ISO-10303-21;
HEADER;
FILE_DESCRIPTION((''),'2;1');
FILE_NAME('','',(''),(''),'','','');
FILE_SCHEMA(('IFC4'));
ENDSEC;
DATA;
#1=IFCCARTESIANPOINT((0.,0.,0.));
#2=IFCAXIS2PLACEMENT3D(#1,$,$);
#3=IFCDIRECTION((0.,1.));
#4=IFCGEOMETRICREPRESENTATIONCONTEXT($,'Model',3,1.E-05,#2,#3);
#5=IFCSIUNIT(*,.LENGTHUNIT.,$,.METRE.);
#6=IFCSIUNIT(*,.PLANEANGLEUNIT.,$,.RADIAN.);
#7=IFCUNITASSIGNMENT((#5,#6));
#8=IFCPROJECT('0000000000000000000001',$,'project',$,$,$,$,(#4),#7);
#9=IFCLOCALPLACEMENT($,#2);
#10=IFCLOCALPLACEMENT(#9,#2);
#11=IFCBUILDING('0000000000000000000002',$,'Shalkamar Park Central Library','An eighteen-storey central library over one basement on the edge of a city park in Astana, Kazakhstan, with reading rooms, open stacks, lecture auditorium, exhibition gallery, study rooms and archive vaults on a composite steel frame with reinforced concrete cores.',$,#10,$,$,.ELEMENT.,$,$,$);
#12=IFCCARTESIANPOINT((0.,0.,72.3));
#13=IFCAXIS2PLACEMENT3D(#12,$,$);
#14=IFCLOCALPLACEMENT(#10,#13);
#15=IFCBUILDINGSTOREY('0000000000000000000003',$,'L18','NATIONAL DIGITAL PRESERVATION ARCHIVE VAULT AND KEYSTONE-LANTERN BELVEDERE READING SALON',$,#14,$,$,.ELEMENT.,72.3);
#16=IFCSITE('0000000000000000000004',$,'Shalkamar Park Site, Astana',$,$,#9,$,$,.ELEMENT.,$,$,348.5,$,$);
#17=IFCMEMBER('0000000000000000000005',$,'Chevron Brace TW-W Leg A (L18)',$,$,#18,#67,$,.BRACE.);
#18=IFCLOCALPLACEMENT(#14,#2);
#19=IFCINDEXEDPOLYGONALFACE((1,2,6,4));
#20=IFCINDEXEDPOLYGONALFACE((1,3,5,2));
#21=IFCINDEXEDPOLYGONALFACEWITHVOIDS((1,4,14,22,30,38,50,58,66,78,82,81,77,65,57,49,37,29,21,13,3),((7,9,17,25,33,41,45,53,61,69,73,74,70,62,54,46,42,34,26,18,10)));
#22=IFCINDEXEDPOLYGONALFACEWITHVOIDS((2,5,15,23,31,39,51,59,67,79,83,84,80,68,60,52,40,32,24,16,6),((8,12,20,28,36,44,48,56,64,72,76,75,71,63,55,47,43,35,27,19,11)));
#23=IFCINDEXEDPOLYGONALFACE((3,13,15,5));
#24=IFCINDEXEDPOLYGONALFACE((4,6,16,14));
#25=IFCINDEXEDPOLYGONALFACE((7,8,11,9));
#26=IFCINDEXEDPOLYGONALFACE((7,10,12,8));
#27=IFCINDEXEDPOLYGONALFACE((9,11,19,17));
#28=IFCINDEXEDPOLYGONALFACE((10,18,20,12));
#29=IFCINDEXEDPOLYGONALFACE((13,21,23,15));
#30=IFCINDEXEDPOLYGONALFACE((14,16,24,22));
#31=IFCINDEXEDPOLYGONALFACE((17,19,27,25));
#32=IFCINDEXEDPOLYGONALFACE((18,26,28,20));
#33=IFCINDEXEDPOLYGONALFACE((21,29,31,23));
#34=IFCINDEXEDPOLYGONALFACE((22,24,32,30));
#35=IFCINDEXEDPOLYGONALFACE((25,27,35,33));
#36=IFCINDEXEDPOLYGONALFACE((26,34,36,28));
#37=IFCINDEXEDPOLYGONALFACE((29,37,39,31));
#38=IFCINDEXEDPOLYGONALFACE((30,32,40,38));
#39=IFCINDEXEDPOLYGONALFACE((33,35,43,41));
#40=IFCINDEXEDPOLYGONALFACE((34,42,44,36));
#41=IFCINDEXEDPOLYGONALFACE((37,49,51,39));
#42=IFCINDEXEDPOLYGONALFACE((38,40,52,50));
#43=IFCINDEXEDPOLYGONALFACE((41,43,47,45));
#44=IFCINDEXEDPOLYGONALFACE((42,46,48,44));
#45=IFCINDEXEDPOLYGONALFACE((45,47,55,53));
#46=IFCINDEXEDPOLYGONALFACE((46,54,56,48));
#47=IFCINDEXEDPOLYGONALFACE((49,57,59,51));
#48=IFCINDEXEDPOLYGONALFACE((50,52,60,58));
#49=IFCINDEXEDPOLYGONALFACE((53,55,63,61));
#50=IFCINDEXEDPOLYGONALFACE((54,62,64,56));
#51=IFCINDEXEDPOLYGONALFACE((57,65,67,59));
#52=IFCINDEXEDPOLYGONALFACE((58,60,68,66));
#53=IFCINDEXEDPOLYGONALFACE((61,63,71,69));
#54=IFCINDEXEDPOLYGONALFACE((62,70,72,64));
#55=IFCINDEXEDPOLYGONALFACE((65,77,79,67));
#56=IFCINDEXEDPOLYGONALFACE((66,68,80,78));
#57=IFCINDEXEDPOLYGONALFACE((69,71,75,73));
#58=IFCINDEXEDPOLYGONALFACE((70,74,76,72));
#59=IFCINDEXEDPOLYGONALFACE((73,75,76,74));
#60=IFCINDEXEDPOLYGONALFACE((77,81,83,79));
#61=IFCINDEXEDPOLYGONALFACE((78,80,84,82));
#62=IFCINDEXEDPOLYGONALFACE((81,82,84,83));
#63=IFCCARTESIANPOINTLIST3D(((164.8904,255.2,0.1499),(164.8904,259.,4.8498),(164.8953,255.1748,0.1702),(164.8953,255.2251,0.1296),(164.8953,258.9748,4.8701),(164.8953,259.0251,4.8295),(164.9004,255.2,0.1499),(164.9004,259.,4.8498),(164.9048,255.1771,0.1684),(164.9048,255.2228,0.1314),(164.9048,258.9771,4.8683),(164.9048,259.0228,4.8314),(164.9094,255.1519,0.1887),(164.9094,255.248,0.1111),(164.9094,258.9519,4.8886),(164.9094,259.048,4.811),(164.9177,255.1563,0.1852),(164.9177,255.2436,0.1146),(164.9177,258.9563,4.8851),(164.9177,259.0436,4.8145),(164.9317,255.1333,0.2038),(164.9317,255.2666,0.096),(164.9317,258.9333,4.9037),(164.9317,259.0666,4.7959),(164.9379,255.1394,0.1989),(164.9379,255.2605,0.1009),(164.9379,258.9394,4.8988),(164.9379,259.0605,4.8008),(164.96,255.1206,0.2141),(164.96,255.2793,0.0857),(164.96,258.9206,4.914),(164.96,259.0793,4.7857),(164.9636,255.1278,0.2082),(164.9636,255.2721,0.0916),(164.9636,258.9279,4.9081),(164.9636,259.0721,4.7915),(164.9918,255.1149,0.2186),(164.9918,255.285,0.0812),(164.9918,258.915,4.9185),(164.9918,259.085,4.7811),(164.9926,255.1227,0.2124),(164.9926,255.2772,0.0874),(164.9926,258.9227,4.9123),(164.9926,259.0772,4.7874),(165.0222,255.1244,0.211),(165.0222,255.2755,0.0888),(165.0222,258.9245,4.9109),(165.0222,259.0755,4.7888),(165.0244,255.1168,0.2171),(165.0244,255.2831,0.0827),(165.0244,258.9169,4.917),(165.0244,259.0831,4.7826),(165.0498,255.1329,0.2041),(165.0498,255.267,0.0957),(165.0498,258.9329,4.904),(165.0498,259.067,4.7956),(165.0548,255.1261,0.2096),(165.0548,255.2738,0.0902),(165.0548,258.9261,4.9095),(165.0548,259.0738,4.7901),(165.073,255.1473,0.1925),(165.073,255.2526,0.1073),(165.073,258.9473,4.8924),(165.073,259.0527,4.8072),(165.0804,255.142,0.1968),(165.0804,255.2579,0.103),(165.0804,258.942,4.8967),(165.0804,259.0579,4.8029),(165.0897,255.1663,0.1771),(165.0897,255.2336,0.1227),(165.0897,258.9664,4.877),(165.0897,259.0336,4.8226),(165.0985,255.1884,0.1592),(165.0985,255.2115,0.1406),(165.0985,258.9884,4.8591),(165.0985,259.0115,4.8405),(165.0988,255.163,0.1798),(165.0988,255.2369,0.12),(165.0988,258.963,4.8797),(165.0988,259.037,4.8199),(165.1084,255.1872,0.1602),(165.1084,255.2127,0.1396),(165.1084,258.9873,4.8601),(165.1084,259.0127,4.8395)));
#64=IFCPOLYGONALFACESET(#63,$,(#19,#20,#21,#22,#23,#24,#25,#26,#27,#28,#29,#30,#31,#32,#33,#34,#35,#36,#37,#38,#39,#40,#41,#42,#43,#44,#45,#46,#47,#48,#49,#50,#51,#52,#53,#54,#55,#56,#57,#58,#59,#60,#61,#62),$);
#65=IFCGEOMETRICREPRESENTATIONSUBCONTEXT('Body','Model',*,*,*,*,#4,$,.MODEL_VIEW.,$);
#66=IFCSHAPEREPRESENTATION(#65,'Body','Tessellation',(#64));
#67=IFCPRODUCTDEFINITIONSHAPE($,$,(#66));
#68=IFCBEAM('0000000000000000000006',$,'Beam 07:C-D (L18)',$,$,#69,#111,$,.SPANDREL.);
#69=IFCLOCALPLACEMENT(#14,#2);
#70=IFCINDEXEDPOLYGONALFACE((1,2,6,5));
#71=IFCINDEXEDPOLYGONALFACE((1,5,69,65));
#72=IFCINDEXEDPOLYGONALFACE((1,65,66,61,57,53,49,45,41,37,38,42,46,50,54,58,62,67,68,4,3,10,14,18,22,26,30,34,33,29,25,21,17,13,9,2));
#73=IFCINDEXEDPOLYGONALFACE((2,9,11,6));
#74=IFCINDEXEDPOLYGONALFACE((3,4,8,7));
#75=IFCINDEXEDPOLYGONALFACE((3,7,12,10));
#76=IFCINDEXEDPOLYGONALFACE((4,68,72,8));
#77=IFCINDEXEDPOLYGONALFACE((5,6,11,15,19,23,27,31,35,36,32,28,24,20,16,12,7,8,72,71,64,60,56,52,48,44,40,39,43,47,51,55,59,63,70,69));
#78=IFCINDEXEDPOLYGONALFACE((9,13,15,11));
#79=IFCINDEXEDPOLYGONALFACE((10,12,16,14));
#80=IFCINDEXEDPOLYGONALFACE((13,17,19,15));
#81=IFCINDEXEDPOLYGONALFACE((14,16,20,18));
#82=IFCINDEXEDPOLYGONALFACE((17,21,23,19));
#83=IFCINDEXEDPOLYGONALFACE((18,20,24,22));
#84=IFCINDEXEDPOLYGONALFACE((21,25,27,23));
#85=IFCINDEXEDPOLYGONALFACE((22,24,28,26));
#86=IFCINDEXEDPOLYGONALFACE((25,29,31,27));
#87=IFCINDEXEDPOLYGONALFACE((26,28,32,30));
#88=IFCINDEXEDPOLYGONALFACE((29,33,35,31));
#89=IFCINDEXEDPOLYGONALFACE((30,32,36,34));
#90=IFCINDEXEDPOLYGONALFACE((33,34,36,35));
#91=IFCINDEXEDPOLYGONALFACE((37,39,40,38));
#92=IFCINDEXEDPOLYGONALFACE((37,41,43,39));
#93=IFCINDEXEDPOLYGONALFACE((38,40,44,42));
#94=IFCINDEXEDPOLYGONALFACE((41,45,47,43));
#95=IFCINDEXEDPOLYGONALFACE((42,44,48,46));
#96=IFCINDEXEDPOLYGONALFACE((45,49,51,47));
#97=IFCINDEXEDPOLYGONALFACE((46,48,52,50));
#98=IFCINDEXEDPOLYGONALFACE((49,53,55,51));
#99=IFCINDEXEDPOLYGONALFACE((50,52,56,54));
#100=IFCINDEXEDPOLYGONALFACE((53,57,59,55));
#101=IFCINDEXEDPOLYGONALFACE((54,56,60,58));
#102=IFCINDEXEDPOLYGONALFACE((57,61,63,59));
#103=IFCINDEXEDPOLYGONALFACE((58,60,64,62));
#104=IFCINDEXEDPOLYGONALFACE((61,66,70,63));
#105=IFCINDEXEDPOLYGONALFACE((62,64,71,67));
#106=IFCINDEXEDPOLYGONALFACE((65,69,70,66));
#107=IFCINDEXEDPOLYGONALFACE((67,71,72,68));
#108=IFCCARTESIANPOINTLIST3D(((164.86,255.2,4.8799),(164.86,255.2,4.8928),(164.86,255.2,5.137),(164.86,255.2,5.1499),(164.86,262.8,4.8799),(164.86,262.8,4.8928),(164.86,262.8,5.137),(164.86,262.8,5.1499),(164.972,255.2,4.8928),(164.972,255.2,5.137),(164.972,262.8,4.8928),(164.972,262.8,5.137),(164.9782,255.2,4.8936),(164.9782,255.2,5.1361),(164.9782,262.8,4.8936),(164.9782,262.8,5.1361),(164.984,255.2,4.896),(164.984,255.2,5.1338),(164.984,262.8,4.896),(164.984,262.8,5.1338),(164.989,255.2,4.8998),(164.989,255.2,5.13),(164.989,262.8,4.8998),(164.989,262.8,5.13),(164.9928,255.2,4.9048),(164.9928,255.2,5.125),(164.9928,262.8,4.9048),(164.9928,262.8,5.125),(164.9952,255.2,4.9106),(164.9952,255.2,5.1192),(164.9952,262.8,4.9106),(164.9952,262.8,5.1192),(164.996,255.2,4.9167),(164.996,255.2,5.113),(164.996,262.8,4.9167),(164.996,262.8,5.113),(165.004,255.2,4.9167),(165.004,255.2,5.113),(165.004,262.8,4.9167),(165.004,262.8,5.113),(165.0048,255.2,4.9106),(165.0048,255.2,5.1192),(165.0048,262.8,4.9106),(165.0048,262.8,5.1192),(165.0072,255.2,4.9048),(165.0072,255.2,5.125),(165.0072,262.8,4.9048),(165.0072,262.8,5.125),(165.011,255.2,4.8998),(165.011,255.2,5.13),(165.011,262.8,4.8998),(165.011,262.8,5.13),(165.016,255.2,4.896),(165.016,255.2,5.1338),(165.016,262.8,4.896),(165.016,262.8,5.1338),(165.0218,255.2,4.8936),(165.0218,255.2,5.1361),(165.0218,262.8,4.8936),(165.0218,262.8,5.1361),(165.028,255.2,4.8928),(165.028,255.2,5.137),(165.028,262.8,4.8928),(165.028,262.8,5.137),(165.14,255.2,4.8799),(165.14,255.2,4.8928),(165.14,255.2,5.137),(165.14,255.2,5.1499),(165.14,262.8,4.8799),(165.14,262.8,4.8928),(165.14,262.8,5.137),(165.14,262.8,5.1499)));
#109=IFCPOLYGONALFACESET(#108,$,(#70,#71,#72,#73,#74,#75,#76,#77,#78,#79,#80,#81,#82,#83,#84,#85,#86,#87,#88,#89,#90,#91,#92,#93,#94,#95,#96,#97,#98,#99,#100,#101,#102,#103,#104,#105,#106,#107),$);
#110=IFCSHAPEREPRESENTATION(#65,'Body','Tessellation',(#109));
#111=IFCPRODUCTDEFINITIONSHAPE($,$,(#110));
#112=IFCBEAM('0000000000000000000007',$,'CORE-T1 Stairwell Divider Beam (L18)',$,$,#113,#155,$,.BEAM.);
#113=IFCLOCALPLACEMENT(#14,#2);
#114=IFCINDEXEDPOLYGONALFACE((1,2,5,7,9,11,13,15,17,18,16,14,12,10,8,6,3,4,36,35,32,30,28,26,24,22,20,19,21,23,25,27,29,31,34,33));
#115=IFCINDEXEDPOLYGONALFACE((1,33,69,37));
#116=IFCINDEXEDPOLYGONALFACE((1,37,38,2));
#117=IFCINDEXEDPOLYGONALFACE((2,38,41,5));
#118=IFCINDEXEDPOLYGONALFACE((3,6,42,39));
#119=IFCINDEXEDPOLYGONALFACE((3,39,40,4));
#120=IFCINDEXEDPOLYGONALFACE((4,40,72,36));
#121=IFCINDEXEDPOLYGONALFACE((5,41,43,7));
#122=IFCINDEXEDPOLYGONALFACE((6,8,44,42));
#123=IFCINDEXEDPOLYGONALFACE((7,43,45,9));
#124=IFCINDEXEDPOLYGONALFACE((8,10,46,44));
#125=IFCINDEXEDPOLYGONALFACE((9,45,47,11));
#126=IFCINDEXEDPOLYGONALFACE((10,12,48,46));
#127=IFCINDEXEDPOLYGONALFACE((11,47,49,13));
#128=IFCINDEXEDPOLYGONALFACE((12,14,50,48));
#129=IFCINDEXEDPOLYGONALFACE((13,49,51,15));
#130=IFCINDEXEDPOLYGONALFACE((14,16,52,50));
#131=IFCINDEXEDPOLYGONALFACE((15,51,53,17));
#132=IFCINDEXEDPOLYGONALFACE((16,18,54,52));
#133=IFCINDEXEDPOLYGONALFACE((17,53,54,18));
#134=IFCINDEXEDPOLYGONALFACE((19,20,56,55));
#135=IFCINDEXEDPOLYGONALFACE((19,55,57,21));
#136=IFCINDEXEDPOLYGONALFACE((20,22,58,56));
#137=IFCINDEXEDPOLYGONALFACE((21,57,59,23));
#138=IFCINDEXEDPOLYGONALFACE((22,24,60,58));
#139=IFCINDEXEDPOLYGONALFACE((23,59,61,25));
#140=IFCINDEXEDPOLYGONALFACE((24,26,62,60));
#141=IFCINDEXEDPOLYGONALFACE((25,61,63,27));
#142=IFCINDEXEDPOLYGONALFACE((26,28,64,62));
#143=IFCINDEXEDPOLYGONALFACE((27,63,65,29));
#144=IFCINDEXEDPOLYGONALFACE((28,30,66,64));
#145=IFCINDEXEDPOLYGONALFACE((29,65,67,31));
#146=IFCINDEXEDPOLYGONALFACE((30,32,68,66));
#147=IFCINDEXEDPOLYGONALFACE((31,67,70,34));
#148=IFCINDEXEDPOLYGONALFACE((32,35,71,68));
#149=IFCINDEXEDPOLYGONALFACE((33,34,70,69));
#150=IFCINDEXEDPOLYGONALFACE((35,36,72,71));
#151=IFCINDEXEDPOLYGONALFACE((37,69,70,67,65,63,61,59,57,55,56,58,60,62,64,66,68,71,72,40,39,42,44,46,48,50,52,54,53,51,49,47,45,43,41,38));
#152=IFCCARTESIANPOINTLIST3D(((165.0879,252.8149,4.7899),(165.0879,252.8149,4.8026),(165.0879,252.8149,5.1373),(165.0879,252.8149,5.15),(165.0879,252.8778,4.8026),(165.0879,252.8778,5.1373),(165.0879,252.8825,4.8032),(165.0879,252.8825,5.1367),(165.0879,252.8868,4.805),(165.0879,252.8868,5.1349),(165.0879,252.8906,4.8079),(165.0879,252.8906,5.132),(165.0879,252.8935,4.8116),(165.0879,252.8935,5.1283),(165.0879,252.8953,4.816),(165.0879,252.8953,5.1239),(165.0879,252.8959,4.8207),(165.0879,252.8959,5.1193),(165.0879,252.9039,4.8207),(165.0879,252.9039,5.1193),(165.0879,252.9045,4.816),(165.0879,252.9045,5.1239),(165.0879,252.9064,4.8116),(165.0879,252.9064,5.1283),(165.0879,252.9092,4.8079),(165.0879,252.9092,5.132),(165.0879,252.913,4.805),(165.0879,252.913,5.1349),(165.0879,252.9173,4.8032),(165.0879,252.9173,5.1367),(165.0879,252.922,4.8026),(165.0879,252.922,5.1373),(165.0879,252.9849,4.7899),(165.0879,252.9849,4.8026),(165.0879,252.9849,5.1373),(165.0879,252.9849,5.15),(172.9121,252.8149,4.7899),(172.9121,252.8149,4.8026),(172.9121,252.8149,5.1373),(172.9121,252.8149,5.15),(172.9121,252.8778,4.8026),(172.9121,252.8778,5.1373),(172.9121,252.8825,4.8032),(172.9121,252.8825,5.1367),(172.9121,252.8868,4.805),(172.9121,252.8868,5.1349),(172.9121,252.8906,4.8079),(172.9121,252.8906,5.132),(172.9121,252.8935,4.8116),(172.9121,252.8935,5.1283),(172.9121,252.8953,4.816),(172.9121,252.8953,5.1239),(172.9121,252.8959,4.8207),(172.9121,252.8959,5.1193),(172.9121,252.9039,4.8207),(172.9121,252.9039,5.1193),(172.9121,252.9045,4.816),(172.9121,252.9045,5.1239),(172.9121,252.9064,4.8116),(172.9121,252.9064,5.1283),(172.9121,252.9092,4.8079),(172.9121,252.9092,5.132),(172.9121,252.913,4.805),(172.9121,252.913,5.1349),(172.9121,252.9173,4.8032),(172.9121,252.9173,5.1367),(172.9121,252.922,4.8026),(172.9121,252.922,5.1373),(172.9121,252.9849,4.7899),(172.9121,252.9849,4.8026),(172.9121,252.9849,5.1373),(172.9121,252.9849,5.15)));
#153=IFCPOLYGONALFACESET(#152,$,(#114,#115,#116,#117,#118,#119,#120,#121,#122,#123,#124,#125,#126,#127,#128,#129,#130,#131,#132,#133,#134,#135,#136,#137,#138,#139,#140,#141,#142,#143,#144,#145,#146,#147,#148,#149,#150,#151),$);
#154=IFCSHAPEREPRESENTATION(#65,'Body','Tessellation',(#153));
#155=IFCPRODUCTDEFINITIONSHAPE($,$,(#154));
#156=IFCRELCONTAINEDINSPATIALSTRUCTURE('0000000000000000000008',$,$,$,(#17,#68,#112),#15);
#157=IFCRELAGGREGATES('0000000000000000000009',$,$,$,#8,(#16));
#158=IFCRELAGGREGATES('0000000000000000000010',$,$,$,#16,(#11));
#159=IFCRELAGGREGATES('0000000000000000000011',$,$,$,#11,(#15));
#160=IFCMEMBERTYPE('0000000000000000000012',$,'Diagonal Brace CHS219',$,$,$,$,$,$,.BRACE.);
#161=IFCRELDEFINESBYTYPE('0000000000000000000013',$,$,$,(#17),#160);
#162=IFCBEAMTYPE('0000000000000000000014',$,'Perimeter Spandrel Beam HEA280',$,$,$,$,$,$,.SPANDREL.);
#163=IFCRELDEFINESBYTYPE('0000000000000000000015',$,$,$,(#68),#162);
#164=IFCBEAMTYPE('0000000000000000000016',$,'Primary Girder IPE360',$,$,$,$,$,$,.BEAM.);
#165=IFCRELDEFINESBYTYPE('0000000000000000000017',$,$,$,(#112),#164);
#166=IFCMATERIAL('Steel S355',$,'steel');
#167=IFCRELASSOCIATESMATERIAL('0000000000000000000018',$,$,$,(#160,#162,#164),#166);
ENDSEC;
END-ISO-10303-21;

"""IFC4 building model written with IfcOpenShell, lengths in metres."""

from ifc_helpers import new_model, si_unit, direction, frame, origin, origin_2d, place, context, subcontext, project, spatial, hollow_circle, i_section, extrude, material, material_profile, profile_set, type_object, element, save


model = new_model("IFC4")

# Units and contexts
model_context = context("Model", 3, precision=1e-05, world=origin(), true_north=direction((0.0, 1.0)))
body_context = subcontext(model_context, "Body", "Model", "MODEL_VIEW")
ifc_project = project(units=[si_unit("LENGTHUNIT", "METRE"), si_unit("PLANEANGLEUNIT", "RADIAN")], contexts=[model_context])

# Site, building, storey
site_placement = place(None, origin())
site = spatial("IfcSite", under=ifc_project, at=site_placement, Name="Shalkamar Park Site, Astana", CompositionType="ELEMENT", RefElevation=348.5)
building_placement = place(site_placement, origin())
building = spatial("IfcBuilding", under=site, at=building_placement, Name="Shalkamar Park Central Library", Description="An eighteen-storey central library over one basement on the edge of a city park in Astana, Kazakhstan, with reading rooms, open stacks, lecture auditorium, exhibition gallery, study rooms and archive vaults on a composite steel frame with reinforced concrete cores.", CompositionType="ELEMENT")
storey_placement = place(building_placement, frame((0.0, 0.0, 72.3)))
storey = spatial("IfcBuildingStorey", under=building, at=storey_placement, Name="L18", Description="NATIONAL DIGITAL PRESERVATION ARCHIVE VAULT AND KEYSTONE-LANTERN BELVEDERE READING SALON", CompositionType="ELEMENT", Elevation=72.3)

# Shared definitions
ifc_material_1 = material(Name="Steel S355", Category="steel")

# Member
ifc_material_profile_1 = material_profile(ifc_material_1, hollow_circle(Radius=0.1096, WallThickness=0.01, at=origin_2d()), Name="CHS 219.1x10")
ifc_profile_set_1 = profile_set([ifc_material_profile_1], Name="Steel S355")
member_type = type_object("IfcMemberType", Name="Diagonal Brace CHS219", PredefinedType="BRACE", material=ifc_profile_set_1)
member_placement = place(storey_placement, frame((165.0, 255.2, 0.1499), z_axis=(0.0, 0.628731, 0.777623), x_axis=(-1.0, 0.0, 0.0)))
element("IfcMember", 1, at=member_placement, inside=storey, type_object=member_type, Name="Chevron Brace TW-W Leg A (L18)", PredefinedType="BRACE", context=body_context, shape_type="SweptSolid", body=[
    extrude(hollow_circle(Radius=0.1096, WallThickness=0.01, at=origin_2d()), origin(), (0.0, 0.0, 1.0), 6.0439),
])

# Beams
ifc_material_profile_2 = material_profile(ifc_material_1, i_section(OverallWidth=0.28, OverallDepth=0.27, WebThickness=0.0081, FlangeThickness=0.0129, FilletRadius=0.0239, at=origin_2d()), Name="HEA 280")
ifc_profile_set_2 = profile_set([ifc_material_profile_2], Name="Steel S355")
beam_type_1 = type_object("IfcBeamType", Name="Perimeter Spandrel Beam HEA280", PredefinedType="SPANDREL", material=ifc_profile_set_2)
beam_1_placement = place(storey_placement, frame((165.0, 255.2, 5.0149), z_axis=(0.0, 1.0, 0.0), x_axis=(-1.0, 0.0, 0.0)))
element("IfcBeam", 2, at=beam_1_placement, inside=storey, type_object=beam_type_1, Name="Beam 07:C-D (L18)", PredefinedType="SPANDREL", context=body_context, shape_type="SweptSolid", body=[
    extrude(i_section(OverallWidth=0.28, OverallDepth=0.27, WebThickness=0.0081, FlangeThickness=0.0129, FilletRadius=0.0239, at=origin_2d()), origin(), (0.0, 0.0, 1.0), 7.6001),
])
ifc_material_profile_3 = material_profile(ifc_material_1, i_section(OverallWidth=0.1699, OverallDepth=0.3601, WebThickness=0.0081, FlangeThickness=0.0127, FilletRadius=0.0181, at=origin_2d()), Name="IPE 360")
ifc_profile_set_3 = profile_set([ifc_material_profile_3], Name="Steel S355")
beam_type_2 = type_object("IfcBeamType", Name="Primary Girder IPE360", PredefinedType="BEAM", material=ifc_profile_set_3)
beam_2_placement = place(storey_placement, frame((165.0879, 252.8999, 4.97), z_axis=(1.0, 0.0, 0.0), x_axis=(0.0, 1.0, 0.0)))
element("IfcBeam", 3, at=beam_2_placement, inside=storey, type_object=beam_type_2, Name="CORE-T1 Stairwell Divider Beam (L18)", PredefinedType="BEAM", context=body_context, shape_type="SweptSolid", body=[
    extrude(i_section(OverallWidth=0.1699, OverallDepth=0.3601, WebThickness=0.0081, FlangeThickness=0.0127, FilletRadius=0.0181, at=origin_2d()), origin(), (0.0, 0.0, 1.0), 7.8242),
])

save(model, "model.ifc")
